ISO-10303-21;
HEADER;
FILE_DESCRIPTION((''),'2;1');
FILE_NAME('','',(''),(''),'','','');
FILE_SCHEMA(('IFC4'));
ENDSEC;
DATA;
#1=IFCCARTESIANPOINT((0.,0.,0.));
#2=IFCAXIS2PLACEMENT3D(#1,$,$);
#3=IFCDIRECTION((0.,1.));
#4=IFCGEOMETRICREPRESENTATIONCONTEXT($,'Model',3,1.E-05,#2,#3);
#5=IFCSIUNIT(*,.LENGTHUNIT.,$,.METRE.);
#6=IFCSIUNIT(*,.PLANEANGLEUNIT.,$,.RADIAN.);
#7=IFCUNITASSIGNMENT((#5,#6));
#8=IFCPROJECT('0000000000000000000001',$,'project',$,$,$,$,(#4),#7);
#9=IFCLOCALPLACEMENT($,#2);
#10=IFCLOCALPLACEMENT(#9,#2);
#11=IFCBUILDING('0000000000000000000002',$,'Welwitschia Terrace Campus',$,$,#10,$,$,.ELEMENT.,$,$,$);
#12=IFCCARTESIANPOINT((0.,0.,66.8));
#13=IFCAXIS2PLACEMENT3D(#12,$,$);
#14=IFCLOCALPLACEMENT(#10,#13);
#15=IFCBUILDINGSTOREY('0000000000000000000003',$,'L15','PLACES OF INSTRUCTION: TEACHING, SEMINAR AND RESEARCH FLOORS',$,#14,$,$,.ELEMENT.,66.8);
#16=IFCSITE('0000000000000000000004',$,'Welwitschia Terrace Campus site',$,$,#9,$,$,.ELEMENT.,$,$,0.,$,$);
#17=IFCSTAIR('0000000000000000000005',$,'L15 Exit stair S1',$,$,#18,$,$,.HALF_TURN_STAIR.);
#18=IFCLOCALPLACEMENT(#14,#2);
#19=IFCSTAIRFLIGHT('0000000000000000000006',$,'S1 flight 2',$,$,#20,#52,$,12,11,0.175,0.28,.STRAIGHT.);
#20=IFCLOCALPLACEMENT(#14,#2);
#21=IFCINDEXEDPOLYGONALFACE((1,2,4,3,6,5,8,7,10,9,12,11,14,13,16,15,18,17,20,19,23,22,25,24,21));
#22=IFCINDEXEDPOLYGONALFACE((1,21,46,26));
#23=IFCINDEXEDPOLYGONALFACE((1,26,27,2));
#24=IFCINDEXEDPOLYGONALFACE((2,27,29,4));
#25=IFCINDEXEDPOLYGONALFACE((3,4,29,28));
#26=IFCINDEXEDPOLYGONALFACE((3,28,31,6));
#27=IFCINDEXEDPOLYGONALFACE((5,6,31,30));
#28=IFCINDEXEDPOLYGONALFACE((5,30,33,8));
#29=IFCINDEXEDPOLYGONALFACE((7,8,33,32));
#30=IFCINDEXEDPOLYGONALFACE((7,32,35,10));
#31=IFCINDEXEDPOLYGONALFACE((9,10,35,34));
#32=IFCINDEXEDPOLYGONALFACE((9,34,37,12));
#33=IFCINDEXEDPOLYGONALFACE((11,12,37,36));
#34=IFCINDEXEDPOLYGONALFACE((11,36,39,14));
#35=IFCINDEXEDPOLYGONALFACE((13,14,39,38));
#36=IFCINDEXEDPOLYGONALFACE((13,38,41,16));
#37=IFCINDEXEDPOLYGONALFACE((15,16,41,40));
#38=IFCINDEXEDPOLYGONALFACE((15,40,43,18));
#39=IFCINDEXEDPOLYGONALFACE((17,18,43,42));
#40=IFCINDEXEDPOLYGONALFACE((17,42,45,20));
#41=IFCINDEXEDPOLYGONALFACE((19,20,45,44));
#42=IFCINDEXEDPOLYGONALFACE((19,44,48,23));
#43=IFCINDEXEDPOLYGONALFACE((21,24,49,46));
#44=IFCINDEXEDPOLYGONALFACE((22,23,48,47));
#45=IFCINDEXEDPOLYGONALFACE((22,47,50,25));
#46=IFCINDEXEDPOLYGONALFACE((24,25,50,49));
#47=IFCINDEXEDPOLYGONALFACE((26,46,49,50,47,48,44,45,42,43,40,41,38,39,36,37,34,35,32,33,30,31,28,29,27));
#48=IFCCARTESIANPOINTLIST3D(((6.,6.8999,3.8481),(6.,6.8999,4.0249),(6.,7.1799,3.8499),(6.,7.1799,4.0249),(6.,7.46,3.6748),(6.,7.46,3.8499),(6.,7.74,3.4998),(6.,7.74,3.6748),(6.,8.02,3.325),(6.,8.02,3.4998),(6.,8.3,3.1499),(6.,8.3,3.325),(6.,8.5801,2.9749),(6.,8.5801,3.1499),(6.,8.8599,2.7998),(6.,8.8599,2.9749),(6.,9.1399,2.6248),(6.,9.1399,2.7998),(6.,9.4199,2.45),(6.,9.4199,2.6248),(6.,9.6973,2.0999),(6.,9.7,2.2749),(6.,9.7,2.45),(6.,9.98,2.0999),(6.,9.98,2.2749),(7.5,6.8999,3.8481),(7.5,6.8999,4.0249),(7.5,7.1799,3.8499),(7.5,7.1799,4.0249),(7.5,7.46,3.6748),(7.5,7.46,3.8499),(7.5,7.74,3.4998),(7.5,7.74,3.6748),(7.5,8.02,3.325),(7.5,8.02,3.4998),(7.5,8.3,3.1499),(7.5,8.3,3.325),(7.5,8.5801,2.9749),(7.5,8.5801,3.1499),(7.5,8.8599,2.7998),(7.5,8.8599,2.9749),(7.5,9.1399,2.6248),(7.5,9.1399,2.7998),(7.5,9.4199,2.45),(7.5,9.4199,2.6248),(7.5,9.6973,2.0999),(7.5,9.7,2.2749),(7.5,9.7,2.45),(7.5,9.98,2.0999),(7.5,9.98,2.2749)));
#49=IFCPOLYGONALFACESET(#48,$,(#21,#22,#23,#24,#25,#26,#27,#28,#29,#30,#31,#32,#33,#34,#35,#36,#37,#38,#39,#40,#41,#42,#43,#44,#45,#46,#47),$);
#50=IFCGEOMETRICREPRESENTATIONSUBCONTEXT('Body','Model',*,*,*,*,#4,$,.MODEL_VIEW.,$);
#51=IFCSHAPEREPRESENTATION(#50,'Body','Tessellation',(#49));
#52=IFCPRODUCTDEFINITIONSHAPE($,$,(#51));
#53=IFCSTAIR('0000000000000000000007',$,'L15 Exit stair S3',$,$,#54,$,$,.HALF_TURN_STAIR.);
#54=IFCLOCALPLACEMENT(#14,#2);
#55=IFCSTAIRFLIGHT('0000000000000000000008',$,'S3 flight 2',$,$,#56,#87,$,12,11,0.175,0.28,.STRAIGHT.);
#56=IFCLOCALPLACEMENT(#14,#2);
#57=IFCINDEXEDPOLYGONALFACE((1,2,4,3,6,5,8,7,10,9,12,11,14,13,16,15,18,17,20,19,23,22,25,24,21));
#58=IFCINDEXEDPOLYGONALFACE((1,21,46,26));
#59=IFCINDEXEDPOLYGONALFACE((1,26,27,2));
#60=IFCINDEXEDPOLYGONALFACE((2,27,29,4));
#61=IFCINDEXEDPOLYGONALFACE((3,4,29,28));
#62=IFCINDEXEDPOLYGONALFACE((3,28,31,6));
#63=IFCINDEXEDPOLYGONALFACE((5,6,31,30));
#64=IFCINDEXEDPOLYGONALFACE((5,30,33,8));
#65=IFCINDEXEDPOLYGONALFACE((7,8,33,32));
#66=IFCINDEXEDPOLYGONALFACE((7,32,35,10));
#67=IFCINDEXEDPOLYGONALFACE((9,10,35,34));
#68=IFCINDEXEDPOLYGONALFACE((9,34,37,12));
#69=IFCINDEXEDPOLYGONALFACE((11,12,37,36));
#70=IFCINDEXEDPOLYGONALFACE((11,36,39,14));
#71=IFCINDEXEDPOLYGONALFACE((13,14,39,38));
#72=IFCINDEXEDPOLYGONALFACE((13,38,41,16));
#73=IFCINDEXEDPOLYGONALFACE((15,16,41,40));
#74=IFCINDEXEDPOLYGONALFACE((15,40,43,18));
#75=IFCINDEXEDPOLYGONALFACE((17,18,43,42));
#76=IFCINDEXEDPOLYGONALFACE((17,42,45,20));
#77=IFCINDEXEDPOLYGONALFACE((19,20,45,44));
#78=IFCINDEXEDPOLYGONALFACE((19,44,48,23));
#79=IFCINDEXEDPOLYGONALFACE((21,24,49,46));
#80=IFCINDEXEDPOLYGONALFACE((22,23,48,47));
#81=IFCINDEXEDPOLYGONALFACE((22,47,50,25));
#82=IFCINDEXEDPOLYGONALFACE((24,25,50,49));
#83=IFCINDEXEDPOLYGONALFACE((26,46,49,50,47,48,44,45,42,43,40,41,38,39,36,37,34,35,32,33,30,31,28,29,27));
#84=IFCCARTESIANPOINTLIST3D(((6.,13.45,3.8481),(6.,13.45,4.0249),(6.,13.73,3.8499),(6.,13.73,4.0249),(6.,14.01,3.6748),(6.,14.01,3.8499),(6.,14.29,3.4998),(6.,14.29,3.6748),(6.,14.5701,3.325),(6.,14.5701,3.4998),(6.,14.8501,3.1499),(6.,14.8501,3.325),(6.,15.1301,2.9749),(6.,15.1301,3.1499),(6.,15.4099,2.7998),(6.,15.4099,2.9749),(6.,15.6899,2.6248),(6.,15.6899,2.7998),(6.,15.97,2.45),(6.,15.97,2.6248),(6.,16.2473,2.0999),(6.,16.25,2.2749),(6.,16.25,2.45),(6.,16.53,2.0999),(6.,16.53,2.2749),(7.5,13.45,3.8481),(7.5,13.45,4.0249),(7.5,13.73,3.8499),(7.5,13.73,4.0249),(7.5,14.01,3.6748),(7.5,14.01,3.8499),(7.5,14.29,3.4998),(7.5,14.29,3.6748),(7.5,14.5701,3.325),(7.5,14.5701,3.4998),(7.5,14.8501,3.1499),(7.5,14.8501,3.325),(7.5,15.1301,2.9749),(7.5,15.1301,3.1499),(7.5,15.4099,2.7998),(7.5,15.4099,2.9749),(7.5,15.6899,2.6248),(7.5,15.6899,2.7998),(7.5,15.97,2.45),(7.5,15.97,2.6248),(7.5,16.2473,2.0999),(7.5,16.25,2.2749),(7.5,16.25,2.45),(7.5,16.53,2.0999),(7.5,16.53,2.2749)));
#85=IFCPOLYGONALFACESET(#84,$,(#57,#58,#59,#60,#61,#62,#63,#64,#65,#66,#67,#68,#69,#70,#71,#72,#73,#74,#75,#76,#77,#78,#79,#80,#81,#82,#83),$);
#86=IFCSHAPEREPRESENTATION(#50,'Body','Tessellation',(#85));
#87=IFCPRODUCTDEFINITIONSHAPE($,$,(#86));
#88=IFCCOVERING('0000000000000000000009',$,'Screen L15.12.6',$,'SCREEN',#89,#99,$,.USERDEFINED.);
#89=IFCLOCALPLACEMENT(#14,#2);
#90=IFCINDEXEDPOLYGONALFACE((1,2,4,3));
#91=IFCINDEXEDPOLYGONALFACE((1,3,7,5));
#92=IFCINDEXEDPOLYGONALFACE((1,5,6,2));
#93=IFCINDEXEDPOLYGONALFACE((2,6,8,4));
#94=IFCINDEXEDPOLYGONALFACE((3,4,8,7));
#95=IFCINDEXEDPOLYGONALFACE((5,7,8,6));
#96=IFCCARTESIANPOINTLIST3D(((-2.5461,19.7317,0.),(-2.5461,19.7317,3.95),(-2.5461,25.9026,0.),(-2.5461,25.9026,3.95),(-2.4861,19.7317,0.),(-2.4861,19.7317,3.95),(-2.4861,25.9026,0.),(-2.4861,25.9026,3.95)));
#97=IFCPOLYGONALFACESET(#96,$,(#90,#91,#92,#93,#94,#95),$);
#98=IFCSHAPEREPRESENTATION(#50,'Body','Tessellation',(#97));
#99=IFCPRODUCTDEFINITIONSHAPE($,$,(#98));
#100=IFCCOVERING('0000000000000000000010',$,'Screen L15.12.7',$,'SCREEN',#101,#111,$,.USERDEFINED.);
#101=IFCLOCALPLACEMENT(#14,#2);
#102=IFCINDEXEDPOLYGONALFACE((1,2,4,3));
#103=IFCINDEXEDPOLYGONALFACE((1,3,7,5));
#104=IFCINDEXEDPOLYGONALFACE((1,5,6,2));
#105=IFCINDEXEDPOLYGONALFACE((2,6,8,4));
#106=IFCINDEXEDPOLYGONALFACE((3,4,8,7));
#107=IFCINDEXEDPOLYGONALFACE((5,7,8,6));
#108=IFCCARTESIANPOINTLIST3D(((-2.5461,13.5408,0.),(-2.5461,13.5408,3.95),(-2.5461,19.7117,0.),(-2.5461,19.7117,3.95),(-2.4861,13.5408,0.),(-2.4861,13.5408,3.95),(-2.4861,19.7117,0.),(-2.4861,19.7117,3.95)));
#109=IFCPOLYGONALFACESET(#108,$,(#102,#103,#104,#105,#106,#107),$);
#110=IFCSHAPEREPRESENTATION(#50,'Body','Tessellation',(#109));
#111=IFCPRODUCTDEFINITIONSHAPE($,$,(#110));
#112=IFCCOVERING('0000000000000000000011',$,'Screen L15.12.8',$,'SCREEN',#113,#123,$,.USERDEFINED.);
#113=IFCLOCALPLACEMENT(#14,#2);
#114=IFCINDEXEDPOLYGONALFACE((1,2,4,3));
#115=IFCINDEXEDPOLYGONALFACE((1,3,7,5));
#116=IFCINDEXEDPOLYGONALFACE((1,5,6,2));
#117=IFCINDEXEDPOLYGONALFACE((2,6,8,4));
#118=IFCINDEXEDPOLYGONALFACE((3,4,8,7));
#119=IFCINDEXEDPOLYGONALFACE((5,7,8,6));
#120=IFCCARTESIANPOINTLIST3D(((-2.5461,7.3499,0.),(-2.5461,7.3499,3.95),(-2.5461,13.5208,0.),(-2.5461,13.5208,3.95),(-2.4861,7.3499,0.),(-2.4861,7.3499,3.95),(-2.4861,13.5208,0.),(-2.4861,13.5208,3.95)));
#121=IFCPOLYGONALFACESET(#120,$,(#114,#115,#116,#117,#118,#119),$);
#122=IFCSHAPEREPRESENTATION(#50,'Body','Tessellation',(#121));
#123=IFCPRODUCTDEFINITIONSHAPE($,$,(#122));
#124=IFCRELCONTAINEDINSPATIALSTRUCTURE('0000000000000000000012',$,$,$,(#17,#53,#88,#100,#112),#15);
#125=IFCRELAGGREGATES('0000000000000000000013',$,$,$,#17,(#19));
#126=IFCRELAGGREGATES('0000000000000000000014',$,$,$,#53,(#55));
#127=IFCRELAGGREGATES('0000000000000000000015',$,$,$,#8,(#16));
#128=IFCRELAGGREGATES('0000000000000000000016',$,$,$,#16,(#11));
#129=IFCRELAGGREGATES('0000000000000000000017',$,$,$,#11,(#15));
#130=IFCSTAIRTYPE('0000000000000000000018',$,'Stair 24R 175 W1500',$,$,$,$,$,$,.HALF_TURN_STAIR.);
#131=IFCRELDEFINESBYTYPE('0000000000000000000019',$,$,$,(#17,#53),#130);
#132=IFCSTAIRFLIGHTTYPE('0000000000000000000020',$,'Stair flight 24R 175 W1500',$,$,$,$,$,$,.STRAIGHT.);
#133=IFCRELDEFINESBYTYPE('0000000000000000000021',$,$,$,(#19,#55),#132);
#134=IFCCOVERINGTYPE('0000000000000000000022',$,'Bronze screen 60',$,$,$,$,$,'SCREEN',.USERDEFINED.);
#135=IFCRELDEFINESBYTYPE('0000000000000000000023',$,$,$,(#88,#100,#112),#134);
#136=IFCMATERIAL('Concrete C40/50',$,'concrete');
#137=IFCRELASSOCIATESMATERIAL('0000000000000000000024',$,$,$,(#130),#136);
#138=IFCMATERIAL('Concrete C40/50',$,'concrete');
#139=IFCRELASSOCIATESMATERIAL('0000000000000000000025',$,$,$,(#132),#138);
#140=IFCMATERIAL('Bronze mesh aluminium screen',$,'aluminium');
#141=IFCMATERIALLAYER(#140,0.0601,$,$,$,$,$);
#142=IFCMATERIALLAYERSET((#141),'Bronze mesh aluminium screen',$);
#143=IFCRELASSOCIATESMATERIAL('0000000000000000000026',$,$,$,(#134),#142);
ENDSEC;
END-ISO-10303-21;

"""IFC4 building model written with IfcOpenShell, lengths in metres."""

from ifc_helpers import new_model, si_unit, direction, frame, origin, origin_2d, place, context, subcontext, project, spatial, polyline, rectangle, outline, extrude, material, layer, layer_set, type_object, element, aggregate, save


model = new_model("IFC4")

# Units and contexts
model_context = context("Model", 3, precision=1e-05, world=origin(), true_north=direction((0.0, 1.0)))
body_context = subcontext(model_context, "Body", "Model", "MODEL_VIEW")
ifc_project = project(units=[si_unit("LENGTHUNIT", "METRE"), si_unit("PLANEANGLEUNIT", "RADIAN")], contexts=[model_context])

# Site, building, storey
site_placement = place(None, origin())
site = spatial("IfcSite", under=ifc_project, at=site_placement, Name="Welwitschia Terrace Campus site", CompositionType="ELEMENT", RefElevation=0.0)
building_placement = place(site_placement, origin())
building = spatial("IfcBuilding", under=site, at=building_placement, Name="Welwitschia Terrace Campus", CompositionType="ELEMENT")
storey_placement = place(building_placement, frame((0.0, 0.0, 66.8)))
storey = spatial("IfcBuildingStorey", under=building, at=storey_placement, Name="L15", Description="PLACES OF INSTRUCTION: TEACHING, SEMINAR AND RESEARCH FLOORS", CompositionType="ELEMENT", Elevation=66.8)

# Stairs, stair flights
ifc_material_1 = material(Name="Concrete C40/50", Category="concrete")
stair_type = type_object("IfcStairType", Name="Stair 24R 175 W1500", PredefinedType="HALF_TURN_STAIR", material=ifc_material_1)
stair_1_placement = place(storey_placement, origin())
stair_1 = element("IfcStair", 1, at=stair_1_placement, inside=storey, type_object=stair_type, Name="L15 Exit stair S1", PredefinedType="HALF_TURN_STAIR")
ifc_material_2 = material(Name="Concrete C40/50", Category="concrete")
stair_flight_type = type_object("IfcStairFlightType", Name="Stair flight 24R 175 W1500", PredefinedType="STRAIGHT", material=ifc_material_2)
stair_flight_1_placement = place(storey_placement, frame((6.75, 9.98, 2.0999), z_axis=(0.0, 0.0, 1.0), x_axis=(0.0, -1.0, 0.0)))
stair_flight_1 = element("IfcStairFlight", 2, at=stair_flight_1_placement, type_object=stair_flight_type, Name="S1 flight 2", NumberOfRisers=12, NumberOfTreads=11, PredefinedType="STRAIGHT", RiserHeight=0.175, TreadLength=0.28, context=body_context, shape_type="SweptSolid", body=[
    extrude(outline(polyline([(0.0, 0.0), (0.0, 0.175), (0.28, 0.175), (0.28, 0.3501), (0.5601, 0.3501), (0.5601, 0.5249), (0.8401, 0.5249), (0.8401, 0.7), (1.1201, 0.7), (1.1201, 0.875), (1.3999, 0.875), (1.3999, 1.05), (1.6799, 1.05), (1.6799, 1.2251), (1.96, 1.2251), (1.96, 1.3999), (2.24, 1.3999), (2.24, 1.575), (2.52, 1.575), (2.52, 1.75), (2.8, 1.75), (2.8, 1.925), (3.0801, 1.925), (3.0801, 2.1001), (3.0801, 1.7483), (0.2827, 0.0), (0.0, 0.0)])), frame((0.0, 0.75, 0.0), z_axis=(0.0, -1.0, 0.0), x_axis=(1.0, 0.0, 0.0)), (0.0, 0.0, 1.0), 1.5),
])
aggregate(stair_1, [stair_flight_1])
stair_2_placement = place(storey_placement, origin())
stair_2 = element("IfcStair", 3, at=stair_2_placement, inside=storey, type_object=stair_type, Name="L15 Exit stair S3", PredefinedType="HALF_TURN_STAIR")
stair_flight_2_placement = place(storey_placement, frame((6.75, 16.53, 2.0999), z_axis=(0.0, 0.0, 1.0), x_axis=(0.0, -1.0, 0.0)))
stair_flight_2 = element("IfcStairFlight", 4, at=stair_flight_2_placement, type_object=stair_flight_type, Name="S3 flight 2", NumberOfRisers=12, NumberOfTreads=11, PredefinedType="STRAIGHT", RiserHeight=0.175, TreadLength=0.28, context=body_context, shape_type="SweptSolid", body=[
    extrude(outline(polyline([(0.0, 0.0), (0.0, 0.175), (0.28, 0.175), (0.28, 0.3501), (0.5601, 0.3501), (0.5601, 0.5249), (0.8401, 0.5249), (0.8401, 0.7), (1.1201, 0.7), (1.1201, 0.875), (1.3999, 0.875), (1.3999, 1.05), (1.6799, 1.05), (1.6799, 1.2251), (1.96, 1.2251), (1.96, 1.3999), (2.24, 1.3999), (2.24, 1.575), (2.52, 1.575), (2.52, 1.75), (2.8, 1.75), (2.8, 1.925), (3.0801, 1.925), (3.0801, 2.1001), (3.0801, 1.7483), (0.2827, 0.0), (0.0, 0.0)])), frame((0.0, 0.75, 0.0), z_axis=(0.0, -1.0, 0.0), x_axis=(1.0, 0.0, 0.0)), (0.0, 0.0, 1.0), 1.5),
])
aggregate(stair_2, [stair_flight_2])

# Coverings
ifc_material_3 = material(Name="Bronze mesh aluminium screen", Category="aluminium")
ifc_layer_1 = layer(ifc_material_3, 0.0601)
ifc_layer_set_1 = layer_set([ifc_layer_1], Name="Bronze mesh aluminium screen")
covering_type = type_object("IfcCoveringType", Name="Bronze screen 60", ElementType="SCREEN", PredefinedType="USERDEFINED", material=ifc_layer_set_1)
for number, where, z_axis, x_axis, name in (
    (5, (-2.5161, 22.8171, 0.0), (0.0, 0.0, 1.0), (0.0, -1.0, 0.0), "Screen L15.12.6"),
    (6, (-2.5161, 16.6262, 0.0), (0.0, 0.0, 1.0), (0.0, -1.0, 0.0), "Screen L15.12.7"),
    (7, (-2.5161, 10.4353, 0.0), (0.0, 0.0, 1.0), (0.0, -1.0, 0.0), "Screen L15.12.8"),
):
    element("IfcCovering", number, at=place(storey_placement, frame(where, z_axis=z_axis, x_axis=x_axis)), inside=storey, type_object=covering_type, Name=name, ObjectType="SCREEN", PredefinedType="USERDEFINED", context=body_context, shape_type="SweptSolid", body=[
        extrude(rectangle(XDim=6.1709, YDim=0.0601, at=origin_2d()), origin(), (0.0, 0.0, 1.0), 3.95),
    ])

save(model, "model.ifc")
